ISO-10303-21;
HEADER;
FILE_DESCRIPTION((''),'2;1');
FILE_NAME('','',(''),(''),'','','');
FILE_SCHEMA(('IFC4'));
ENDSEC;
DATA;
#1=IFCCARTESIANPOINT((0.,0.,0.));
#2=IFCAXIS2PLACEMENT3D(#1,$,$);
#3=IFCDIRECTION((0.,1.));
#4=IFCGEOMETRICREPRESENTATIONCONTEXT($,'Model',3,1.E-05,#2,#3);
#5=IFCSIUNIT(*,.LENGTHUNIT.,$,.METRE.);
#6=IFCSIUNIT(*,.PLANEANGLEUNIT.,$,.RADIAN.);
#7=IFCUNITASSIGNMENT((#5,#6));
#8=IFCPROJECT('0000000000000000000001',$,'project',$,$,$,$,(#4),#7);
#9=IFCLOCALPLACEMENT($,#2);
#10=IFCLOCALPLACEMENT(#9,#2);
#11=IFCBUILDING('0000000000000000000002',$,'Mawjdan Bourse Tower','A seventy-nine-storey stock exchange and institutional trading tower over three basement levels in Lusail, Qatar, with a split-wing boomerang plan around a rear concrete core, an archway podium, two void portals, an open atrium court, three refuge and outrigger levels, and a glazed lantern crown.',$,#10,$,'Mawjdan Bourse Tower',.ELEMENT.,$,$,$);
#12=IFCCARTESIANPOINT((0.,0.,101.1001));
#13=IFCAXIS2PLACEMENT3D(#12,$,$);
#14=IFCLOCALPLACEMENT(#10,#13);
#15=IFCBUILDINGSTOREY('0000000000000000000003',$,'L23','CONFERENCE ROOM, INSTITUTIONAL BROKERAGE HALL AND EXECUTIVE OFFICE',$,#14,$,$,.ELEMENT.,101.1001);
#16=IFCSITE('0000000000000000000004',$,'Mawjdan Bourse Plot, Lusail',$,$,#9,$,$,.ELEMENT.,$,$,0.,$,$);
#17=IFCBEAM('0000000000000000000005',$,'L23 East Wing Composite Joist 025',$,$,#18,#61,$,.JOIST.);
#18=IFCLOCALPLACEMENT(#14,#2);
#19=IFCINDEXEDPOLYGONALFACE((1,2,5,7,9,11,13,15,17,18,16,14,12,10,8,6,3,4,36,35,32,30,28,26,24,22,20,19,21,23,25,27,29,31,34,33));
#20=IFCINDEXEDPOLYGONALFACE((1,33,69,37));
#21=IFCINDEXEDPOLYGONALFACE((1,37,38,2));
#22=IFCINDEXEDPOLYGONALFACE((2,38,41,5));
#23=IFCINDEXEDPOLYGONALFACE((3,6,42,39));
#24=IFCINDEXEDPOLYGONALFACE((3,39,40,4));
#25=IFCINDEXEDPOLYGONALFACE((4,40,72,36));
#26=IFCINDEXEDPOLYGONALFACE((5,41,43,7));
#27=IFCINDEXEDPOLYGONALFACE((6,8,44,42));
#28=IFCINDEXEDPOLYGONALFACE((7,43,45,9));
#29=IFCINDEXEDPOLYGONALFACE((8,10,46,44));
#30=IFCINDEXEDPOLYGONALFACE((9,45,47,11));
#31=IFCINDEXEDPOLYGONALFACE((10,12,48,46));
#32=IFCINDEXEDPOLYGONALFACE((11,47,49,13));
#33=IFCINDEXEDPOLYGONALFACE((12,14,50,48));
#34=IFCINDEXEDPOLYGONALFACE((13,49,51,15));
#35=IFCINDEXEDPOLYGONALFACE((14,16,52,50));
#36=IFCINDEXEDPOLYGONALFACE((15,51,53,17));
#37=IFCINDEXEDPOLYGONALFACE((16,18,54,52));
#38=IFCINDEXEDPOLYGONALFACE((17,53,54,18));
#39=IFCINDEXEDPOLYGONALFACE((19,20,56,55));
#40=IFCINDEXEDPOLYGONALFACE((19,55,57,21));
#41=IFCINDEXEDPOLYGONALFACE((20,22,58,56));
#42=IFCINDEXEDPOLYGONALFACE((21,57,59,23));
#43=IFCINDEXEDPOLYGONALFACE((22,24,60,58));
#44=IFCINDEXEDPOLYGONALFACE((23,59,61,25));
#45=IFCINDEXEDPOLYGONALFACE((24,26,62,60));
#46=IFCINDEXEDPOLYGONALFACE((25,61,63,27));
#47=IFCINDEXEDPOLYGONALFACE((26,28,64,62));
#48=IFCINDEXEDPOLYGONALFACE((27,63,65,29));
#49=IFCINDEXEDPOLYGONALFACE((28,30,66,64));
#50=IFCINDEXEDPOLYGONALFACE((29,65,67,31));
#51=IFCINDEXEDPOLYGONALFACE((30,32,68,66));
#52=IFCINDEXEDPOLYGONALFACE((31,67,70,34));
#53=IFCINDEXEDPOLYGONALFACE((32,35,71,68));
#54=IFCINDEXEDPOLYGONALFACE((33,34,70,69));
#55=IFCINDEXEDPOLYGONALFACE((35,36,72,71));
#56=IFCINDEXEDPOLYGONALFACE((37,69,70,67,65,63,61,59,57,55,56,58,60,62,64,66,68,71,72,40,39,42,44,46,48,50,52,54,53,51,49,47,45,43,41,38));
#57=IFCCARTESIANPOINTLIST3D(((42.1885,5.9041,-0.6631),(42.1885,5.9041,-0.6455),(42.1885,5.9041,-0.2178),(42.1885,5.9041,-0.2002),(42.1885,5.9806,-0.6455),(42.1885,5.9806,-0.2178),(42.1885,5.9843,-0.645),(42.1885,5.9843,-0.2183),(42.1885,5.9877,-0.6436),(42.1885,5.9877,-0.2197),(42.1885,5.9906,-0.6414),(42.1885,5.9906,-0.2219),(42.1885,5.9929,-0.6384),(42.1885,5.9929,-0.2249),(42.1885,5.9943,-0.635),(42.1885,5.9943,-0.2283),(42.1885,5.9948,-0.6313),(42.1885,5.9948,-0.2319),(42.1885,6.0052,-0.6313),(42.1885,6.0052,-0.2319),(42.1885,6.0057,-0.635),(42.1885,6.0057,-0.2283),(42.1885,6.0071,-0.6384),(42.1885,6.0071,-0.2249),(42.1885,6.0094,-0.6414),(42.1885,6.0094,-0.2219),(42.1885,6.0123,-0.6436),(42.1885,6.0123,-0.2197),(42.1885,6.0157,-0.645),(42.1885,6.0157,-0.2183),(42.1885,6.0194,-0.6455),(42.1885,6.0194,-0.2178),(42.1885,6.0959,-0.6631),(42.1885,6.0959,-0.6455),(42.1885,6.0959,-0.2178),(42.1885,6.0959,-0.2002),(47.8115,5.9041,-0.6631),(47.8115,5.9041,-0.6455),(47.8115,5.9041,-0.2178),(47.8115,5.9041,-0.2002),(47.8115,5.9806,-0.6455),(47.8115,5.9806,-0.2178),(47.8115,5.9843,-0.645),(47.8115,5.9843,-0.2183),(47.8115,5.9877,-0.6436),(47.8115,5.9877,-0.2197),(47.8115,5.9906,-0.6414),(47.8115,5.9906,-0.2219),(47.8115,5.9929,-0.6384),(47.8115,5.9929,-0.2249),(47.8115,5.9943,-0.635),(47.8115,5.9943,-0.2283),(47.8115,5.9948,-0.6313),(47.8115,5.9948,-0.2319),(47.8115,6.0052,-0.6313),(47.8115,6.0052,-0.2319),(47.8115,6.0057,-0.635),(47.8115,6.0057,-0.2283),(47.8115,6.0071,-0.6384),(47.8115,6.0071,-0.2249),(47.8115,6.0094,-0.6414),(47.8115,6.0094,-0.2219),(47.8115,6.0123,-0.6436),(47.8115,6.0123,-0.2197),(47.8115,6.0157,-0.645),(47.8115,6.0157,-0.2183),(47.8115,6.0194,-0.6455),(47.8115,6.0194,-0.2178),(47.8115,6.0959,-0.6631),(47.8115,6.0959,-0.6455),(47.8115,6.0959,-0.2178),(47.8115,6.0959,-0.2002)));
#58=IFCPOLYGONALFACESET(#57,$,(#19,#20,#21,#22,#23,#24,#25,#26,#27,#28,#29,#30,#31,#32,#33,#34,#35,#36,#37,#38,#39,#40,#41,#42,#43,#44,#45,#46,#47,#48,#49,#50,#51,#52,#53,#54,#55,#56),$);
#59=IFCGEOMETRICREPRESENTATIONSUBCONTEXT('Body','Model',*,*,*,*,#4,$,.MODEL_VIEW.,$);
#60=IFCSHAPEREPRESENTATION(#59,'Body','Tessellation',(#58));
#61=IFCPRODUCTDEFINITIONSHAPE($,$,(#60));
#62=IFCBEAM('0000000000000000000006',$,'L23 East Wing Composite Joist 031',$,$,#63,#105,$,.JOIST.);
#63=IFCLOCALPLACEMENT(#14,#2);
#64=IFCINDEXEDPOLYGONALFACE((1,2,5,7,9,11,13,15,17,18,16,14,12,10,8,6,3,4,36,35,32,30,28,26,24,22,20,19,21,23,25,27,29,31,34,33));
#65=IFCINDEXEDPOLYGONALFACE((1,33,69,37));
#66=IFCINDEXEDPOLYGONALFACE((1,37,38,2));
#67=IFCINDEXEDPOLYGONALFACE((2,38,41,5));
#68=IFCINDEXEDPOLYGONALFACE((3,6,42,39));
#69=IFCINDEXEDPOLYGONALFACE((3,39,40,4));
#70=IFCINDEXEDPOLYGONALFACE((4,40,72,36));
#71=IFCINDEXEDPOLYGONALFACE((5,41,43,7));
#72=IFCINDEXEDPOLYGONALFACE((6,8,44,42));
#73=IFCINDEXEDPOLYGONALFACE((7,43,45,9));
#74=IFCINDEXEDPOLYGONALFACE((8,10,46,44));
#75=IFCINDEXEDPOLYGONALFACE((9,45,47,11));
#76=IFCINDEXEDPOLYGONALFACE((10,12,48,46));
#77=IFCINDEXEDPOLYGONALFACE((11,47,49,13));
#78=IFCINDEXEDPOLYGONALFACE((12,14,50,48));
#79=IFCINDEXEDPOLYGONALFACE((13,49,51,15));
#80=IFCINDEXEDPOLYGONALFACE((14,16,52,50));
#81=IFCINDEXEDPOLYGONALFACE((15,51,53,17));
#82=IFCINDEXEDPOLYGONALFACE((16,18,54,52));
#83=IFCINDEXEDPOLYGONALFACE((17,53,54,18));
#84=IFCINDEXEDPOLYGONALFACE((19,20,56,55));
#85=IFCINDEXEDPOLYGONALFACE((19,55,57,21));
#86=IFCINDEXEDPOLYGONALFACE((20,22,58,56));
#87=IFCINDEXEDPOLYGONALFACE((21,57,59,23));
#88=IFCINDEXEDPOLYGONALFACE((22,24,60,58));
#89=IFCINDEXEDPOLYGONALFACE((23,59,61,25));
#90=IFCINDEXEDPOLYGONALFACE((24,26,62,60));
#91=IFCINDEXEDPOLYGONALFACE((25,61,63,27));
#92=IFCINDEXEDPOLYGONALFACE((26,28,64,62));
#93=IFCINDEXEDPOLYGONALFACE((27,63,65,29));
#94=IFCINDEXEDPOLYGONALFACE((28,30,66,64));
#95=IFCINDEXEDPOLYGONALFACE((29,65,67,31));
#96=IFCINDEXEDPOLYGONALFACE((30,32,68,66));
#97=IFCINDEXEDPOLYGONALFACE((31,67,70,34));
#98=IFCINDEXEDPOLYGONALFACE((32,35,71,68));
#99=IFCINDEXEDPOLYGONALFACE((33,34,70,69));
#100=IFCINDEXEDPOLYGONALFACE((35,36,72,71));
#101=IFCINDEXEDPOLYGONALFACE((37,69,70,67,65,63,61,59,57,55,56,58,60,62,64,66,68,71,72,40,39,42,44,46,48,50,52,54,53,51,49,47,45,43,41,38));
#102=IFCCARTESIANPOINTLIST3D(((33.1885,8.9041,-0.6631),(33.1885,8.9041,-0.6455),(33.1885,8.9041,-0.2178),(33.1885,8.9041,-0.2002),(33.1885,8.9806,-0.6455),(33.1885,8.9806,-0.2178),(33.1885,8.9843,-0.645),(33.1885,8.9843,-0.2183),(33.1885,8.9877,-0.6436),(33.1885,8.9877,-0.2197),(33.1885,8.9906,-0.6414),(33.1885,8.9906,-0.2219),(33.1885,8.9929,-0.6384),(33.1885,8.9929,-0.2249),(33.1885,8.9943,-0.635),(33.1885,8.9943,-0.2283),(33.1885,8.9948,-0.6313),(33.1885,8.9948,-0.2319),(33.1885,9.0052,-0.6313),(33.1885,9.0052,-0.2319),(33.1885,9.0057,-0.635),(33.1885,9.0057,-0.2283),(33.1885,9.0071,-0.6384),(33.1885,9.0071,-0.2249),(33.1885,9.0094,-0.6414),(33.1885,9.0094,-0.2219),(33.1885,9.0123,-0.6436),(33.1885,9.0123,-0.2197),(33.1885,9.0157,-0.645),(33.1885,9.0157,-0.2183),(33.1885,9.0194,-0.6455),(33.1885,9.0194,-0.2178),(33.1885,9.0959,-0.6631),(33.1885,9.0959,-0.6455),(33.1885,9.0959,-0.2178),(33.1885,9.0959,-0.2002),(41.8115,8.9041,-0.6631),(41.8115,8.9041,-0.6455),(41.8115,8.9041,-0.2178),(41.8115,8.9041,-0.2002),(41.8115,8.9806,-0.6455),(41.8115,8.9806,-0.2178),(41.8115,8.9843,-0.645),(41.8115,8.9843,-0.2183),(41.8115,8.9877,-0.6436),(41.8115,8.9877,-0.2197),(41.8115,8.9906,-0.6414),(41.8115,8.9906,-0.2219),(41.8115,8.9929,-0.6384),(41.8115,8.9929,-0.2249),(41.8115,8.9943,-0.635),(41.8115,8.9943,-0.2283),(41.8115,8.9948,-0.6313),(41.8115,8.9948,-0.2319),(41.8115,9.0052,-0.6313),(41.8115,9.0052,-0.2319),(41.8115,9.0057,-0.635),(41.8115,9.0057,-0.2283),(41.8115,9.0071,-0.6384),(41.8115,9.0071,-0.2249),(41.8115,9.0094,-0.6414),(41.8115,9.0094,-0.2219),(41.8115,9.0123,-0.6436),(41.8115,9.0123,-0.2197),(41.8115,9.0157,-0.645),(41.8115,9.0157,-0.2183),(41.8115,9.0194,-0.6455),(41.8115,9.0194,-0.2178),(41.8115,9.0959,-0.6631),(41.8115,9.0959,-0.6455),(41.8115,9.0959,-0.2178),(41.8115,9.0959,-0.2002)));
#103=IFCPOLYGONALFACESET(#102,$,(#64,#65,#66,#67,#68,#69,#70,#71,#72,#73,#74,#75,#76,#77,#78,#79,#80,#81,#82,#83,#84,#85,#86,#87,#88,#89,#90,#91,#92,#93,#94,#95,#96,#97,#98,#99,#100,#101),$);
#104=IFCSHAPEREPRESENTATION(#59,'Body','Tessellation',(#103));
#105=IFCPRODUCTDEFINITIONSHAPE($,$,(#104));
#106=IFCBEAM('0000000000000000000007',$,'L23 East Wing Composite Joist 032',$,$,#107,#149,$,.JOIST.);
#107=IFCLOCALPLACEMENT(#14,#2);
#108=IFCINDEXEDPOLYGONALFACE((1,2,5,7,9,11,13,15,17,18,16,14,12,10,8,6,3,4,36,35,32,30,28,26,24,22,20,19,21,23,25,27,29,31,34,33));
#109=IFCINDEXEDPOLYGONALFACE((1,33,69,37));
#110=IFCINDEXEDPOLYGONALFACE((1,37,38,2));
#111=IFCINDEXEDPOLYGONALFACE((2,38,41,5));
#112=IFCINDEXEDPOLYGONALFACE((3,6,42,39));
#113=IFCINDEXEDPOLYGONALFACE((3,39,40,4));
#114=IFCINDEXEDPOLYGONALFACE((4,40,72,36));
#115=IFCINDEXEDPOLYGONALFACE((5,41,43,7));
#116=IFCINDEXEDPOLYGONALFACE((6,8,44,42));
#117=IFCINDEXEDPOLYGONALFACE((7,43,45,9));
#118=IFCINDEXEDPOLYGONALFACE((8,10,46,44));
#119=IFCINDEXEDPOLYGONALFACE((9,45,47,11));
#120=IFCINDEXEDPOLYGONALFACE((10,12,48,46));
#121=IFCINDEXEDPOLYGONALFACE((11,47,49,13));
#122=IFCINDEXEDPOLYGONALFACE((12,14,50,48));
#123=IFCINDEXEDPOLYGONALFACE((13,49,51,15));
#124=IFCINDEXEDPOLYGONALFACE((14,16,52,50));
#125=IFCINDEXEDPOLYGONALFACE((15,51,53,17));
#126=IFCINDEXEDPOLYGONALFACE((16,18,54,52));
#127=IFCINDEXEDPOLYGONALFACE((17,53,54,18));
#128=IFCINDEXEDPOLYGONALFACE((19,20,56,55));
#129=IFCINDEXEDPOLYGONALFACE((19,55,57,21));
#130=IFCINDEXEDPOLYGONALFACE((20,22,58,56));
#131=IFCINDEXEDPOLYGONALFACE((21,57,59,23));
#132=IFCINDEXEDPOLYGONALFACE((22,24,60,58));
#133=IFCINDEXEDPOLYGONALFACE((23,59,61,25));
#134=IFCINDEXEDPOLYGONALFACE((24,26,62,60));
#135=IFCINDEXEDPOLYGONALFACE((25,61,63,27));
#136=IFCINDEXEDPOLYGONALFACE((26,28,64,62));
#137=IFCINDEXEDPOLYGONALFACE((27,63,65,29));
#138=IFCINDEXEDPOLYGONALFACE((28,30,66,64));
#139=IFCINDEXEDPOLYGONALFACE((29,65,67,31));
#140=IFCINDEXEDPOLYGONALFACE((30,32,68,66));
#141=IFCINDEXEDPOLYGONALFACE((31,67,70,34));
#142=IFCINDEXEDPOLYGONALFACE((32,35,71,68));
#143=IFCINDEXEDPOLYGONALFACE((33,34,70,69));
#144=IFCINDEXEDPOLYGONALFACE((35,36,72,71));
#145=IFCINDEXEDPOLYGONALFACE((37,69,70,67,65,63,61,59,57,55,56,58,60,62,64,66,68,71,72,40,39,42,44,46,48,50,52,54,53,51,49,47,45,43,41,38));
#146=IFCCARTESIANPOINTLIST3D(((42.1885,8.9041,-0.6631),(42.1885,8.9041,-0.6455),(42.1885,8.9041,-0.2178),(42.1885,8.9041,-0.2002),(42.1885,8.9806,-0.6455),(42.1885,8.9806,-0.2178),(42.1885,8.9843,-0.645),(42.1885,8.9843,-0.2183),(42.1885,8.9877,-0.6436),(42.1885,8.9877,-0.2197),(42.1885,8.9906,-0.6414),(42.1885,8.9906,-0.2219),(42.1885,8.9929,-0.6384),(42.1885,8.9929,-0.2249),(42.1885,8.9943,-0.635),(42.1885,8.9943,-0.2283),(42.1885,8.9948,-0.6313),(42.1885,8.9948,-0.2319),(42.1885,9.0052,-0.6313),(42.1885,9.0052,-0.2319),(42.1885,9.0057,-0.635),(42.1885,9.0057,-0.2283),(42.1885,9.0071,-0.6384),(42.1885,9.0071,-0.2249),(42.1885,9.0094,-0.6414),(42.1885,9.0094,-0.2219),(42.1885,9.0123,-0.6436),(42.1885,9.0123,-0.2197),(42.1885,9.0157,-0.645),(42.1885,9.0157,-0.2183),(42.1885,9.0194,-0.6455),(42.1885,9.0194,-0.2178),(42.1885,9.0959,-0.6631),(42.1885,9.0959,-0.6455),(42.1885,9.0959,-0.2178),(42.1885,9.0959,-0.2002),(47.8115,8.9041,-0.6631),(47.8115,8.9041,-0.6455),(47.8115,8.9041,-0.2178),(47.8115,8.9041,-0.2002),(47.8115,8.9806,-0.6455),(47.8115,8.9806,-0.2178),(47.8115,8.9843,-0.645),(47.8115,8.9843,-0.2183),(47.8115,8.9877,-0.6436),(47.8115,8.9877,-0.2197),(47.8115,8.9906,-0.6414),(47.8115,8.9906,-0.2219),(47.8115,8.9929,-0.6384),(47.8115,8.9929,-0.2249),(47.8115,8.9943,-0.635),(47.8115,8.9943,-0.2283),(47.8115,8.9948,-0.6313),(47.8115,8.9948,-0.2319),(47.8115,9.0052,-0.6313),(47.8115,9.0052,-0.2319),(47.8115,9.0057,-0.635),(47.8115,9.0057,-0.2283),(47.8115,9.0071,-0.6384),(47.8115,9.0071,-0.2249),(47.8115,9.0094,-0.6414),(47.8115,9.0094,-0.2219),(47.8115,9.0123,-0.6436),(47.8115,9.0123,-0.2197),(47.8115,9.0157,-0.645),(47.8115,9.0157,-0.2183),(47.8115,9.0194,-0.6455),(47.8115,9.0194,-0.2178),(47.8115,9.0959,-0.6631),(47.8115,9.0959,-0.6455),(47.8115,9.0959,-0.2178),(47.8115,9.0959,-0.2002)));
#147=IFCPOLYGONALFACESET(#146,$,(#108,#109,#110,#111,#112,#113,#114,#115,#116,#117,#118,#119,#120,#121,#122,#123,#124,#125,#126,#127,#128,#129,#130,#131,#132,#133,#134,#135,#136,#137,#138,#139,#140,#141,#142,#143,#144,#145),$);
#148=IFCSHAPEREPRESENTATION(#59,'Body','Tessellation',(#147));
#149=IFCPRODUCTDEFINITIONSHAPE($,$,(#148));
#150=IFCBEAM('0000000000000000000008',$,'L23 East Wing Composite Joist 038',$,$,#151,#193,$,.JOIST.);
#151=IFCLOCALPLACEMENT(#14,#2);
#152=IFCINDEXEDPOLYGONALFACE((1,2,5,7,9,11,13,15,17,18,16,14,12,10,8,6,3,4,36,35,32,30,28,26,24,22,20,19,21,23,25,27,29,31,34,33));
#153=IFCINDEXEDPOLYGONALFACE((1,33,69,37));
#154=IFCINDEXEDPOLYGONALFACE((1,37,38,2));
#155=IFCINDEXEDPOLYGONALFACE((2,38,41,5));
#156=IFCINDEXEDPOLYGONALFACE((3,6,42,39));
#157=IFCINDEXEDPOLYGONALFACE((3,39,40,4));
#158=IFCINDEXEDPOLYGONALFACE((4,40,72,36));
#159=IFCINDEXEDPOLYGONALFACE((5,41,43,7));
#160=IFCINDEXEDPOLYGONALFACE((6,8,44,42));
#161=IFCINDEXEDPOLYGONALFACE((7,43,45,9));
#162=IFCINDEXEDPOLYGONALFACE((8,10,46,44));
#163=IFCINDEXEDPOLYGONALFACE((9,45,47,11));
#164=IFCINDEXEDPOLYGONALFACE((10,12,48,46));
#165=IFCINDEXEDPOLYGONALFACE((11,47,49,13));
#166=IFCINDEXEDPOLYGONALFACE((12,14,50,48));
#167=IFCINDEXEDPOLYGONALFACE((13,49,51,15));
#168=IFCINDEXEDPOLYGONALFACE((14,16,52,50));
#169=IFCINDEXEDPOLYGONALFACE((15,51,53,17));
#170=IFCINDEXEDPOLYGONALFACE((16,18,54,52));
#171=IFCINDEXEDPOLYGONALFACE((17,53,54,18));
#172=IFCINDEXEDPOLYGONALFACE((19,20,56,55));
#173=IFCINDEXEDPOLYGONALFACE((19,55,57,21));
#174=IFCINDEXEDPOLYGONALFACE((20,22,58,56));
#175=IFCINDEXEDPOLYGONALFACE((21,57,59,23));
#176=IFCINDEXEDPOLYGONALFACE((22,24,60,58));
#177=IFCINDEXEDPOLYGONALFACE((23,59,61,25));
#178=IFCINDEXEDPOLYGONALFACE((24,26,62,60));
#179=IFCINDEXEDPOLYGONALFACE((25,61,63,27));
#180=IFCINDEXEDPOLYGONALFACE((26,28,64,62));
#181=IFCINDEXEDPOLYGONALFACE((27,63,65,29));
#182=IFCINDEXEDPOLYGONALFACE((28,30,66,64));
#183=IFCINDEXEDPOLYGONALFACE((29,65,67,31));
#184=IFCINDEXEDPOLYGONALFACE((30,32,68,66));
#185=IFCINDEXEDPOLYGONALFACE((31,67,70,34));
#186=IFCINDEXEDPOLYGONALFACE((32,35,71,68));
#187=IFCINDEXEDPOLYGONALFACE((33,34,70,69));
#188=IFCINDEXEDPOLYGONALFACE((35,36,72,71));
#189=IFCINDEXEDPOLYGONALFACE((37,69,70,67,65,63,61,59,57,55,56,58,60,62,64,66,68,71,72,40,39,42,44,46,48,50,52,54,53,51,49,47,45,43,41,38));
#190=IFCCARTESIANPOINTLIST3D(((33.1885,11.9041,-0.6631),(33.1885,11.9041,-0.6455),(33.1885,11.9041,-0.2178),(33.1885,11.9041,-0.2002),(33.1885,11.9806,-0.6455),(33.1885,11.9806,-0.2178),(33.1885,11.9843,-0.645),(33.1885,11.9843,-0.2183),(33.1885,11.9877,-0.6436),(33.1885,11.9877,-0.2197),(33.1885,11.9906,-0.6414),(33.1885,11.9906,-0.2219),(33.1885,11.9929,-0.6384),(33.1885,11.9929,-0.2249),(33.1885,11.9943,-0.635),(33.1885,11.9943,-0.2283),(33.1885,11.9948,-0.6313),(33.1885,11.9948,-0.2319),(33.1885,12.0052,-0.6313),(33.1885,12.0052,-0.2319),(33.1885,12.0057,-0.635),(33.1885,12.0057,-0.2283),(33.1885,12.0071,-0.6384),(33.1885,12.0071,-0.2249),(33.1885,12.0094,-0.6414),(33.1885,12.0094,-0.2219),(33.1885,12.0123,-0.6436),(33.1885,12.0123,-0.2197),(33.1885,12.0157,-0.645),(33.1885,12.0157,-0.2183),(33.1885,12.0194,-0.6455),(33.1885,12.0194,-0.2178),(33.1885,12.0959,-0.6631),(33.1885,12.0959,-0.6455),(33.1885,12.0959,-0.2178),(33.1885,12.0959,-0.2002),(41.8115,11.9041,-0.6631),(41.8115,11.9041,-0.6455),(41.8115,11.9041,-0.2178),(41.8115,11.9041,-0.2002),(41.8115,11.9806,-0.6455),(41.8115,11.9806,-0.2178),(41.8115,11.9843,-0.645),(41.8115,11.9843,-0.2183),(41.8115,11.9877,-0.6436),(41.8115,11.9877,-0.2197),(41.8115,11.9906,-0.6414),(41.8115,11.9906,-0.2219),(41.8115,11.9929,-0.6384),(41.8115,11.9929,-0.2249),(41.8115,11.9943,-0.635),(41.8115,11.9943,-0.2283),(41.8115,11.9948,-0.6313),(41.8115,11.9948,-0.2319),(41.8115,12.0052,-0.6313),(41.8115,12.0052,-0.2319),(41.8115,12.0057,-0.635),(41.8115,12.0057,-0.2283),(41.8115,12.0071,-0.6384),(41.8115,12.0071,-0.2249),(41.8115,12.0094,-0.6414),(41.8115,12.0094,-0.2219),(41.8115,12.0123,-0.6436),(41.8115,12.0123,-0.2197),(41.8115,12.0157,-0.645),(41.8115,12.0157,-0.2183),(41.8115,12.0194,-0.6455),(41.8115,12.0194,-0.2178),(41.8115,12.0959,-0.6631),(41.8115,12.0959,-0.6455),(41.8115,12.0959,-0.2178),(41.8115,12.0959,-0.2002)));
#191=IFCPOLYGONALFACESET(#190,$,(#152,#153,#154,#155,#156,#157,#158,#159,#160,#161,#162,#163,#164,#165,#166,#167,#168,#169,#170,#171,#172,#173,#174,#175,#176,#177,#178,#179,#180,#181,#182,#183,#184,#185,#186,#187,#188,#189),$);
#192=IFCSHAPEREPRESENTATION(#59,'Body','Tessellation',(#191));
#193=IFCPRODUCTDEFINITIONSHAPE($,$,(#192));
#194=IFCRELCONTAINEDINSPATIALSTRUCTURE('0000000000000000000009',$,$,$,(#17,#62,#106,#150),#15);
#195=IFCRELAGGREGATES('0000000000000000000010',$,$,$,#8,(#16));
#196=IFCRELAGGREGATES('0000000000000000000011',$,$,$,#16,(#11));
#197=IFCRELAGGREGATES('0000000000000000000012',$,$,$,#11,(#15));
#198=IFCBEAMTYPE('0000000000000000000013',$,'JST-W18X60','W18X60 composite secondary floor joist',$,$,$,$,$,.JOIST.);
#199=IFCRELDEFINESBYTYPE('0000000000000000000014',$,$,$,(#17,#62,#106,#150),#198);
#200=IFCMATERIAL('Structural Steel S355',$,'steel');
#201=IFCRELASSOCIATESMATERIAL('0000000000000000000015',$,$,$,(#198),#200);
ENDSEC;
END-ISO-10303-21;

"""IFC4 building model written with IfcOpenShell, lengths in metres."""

from ifc_helpers import new_model, si_unit, direction, frame, origin, origin_2d, place, context, subcontext, project, spatial, i_section, extrude, material, material_profile, profile_set, type_object, element, save


model = new_model("IFC4")

# Units and contexts
model_context = context("Model", 3, precision=1e-05, world=origin(), true_north=direction((0.0, 1.0)))
body_context = subcontext(model_context, "Body", "Model", "MODEL_VIEW")
ifc_project = project(units=[si_unit("LENGTHUNIT", "METRE"), si_unit("PLANEANGLEUNIT", "RADIAN")], contexts=[model_context])

# Site, building, storey
site_placement = place(None, origin())
site = spatial("IfcSite", under=ifc_project, at=site_placement, Name="Mawjdan Bourse Plot, Lusail", CompositionType="ELEMENT", RefElevation=0.0)
building_placement = place(site_placement, origin())
building = spatial("IfcBuilding", under=site, at=building_placement, Name="Mawjdan Bourse Tower", Description="A seventy-nine-storey stock exchange and institutional trading tower over three basement levels in Lusail, Qatar, with a split-wing boomerang plan around a rear concrete core, an archway podium, two void portals, an open atrium court, three refuge and outrigger levels, and a glazed lantern crown.", LongName="Mawjdan Bourse Tower", CompositionType="ELEMENT")
storey_placement = place(building_placement, frame((0.0, 0.0, 101.1001)))
storey = spatial("IfcBuildingStorey", under=building, at=storey_placement, Name="L23", Description="CONFERENCE ROOM, INSTITUTIONAL BROKERAGE HALL AND EXECUTIVE OFFICE", CompositionType="ELEMENT", Elevation=101.1001)

# Beams
ifc_material_1 = material(Name="Structural Steel S355", Category="steel")
ifc_material_profile_1 = material_profile(ifc_material_1, i_section(OverallWidth=0.1919, OverallDepth=0.4629, WebThickness=0.0105, FlangeThickness=0.0176, FilletRadius=0.0142, at=origin_2d()), Name="W18X60")
ifc_profile_set_1 = profile_set([ifc_material_profile_1], Name="Structural Steel S355")
beam_type_1 = type_object("IfcBeamType", Name="JST-W18X60", Description="W18X60 composite secondary floor joist", PredefinedType="JOIST", material=ifc_profile_set_1)
beam_1_placement = place(storey_placement, frame((42.1885, 6.0, -0.4316), z_axis=(1.0, 0.0, 0.0), x_axis=(0.0, 1.0, 0.0)))
element("IfcBeam", 1, at=beam_1_placement, inside=storey, type_object=beam_type_1, Name="L23 East Wing Composite Joist 025", PredefinedType="JOIST", context=body_context, shape_type="SweptSolid", body=[
    extrude(i_section(OverallWidth=0.1919, OverallDepth=0.4629, WebThickness=0.0105, FlangeThickness=0.0176, FilletRadius=0.0142, at=origin_2d()), origin(), (0.0, 0.0, 1.0), 5.623),
])
beam_2_placement = place(storey_placement, frame((33.1885, 9.0, -0.4316), z_axis=(1.0, 0.0, 0.0), x_axis=(0.0, 1.0, 0.0)))
element("IfcBeam", 2, at=beam_2_placement, inside=storey, type_object=beam_type_1, Name="L23 East Wing Composite Joist 031", PredefinedType="JOIST", context=body_context, shape_type="SweptSolid", body=[
    extrude(i_section(OverallWidth=0.1919, OverallDepth=0.4629, WebThickness=0.0105, FlangeThickness=0.0176, FilletRadius=0.0142, at=origin_2d()), origin(), (0.0, 0.0, 1.0), 8.623),
])
beam_3_placement = place(storey_placement, frame((42.1885, 9.0, -0.4316), z_axis=(1.0, 0.0, 0.0), x_axis=(0.0, 1.0, 0.0)))
element("IfcBeam", 3, at=beam_3_placement, inside=storey, type_object=beam_type_1, Name="L23 East Wing Composite Joist 032", PredefinedType="JOIST", context=body_context, shape_type="SweptSolid", body=[
    extrude(i_section(OverallWidth=0.1919, OverallDepth=0.4629, WebThickness=0.0105, FlangeThickness=0.0176, FilletRadius=0.0142, at=origin_2d()), origin(), (0.0, 0.0, 1.0), 5.623),
])
beam_4_placement = place(storey_placement, frame((33.1885, 12.0, -0.4316), z_axis=(1.0, 0.0, 0.0), x_axis=(0.0, 1.0, 0.0)))
element("IfcBeam", 4, at=beam_4_placement, inside=storey, type_object=beam_type_1, Name="L23 East Wing Composite Joist 038", PredefinedType="JOIST", context=body_context, shape_type="SweptSolid", body=[
    extrude(i_section(OverallWidth=0.1919, OverallDepth=0.4629, WebThickness=0.0105, FlangeThickness=0.0176, FilletRadius=0.0142, at=origin_2d()), origin(), (0.0, 0.0, 1.0), 8.623),
])

save(model, "model.ifc")
